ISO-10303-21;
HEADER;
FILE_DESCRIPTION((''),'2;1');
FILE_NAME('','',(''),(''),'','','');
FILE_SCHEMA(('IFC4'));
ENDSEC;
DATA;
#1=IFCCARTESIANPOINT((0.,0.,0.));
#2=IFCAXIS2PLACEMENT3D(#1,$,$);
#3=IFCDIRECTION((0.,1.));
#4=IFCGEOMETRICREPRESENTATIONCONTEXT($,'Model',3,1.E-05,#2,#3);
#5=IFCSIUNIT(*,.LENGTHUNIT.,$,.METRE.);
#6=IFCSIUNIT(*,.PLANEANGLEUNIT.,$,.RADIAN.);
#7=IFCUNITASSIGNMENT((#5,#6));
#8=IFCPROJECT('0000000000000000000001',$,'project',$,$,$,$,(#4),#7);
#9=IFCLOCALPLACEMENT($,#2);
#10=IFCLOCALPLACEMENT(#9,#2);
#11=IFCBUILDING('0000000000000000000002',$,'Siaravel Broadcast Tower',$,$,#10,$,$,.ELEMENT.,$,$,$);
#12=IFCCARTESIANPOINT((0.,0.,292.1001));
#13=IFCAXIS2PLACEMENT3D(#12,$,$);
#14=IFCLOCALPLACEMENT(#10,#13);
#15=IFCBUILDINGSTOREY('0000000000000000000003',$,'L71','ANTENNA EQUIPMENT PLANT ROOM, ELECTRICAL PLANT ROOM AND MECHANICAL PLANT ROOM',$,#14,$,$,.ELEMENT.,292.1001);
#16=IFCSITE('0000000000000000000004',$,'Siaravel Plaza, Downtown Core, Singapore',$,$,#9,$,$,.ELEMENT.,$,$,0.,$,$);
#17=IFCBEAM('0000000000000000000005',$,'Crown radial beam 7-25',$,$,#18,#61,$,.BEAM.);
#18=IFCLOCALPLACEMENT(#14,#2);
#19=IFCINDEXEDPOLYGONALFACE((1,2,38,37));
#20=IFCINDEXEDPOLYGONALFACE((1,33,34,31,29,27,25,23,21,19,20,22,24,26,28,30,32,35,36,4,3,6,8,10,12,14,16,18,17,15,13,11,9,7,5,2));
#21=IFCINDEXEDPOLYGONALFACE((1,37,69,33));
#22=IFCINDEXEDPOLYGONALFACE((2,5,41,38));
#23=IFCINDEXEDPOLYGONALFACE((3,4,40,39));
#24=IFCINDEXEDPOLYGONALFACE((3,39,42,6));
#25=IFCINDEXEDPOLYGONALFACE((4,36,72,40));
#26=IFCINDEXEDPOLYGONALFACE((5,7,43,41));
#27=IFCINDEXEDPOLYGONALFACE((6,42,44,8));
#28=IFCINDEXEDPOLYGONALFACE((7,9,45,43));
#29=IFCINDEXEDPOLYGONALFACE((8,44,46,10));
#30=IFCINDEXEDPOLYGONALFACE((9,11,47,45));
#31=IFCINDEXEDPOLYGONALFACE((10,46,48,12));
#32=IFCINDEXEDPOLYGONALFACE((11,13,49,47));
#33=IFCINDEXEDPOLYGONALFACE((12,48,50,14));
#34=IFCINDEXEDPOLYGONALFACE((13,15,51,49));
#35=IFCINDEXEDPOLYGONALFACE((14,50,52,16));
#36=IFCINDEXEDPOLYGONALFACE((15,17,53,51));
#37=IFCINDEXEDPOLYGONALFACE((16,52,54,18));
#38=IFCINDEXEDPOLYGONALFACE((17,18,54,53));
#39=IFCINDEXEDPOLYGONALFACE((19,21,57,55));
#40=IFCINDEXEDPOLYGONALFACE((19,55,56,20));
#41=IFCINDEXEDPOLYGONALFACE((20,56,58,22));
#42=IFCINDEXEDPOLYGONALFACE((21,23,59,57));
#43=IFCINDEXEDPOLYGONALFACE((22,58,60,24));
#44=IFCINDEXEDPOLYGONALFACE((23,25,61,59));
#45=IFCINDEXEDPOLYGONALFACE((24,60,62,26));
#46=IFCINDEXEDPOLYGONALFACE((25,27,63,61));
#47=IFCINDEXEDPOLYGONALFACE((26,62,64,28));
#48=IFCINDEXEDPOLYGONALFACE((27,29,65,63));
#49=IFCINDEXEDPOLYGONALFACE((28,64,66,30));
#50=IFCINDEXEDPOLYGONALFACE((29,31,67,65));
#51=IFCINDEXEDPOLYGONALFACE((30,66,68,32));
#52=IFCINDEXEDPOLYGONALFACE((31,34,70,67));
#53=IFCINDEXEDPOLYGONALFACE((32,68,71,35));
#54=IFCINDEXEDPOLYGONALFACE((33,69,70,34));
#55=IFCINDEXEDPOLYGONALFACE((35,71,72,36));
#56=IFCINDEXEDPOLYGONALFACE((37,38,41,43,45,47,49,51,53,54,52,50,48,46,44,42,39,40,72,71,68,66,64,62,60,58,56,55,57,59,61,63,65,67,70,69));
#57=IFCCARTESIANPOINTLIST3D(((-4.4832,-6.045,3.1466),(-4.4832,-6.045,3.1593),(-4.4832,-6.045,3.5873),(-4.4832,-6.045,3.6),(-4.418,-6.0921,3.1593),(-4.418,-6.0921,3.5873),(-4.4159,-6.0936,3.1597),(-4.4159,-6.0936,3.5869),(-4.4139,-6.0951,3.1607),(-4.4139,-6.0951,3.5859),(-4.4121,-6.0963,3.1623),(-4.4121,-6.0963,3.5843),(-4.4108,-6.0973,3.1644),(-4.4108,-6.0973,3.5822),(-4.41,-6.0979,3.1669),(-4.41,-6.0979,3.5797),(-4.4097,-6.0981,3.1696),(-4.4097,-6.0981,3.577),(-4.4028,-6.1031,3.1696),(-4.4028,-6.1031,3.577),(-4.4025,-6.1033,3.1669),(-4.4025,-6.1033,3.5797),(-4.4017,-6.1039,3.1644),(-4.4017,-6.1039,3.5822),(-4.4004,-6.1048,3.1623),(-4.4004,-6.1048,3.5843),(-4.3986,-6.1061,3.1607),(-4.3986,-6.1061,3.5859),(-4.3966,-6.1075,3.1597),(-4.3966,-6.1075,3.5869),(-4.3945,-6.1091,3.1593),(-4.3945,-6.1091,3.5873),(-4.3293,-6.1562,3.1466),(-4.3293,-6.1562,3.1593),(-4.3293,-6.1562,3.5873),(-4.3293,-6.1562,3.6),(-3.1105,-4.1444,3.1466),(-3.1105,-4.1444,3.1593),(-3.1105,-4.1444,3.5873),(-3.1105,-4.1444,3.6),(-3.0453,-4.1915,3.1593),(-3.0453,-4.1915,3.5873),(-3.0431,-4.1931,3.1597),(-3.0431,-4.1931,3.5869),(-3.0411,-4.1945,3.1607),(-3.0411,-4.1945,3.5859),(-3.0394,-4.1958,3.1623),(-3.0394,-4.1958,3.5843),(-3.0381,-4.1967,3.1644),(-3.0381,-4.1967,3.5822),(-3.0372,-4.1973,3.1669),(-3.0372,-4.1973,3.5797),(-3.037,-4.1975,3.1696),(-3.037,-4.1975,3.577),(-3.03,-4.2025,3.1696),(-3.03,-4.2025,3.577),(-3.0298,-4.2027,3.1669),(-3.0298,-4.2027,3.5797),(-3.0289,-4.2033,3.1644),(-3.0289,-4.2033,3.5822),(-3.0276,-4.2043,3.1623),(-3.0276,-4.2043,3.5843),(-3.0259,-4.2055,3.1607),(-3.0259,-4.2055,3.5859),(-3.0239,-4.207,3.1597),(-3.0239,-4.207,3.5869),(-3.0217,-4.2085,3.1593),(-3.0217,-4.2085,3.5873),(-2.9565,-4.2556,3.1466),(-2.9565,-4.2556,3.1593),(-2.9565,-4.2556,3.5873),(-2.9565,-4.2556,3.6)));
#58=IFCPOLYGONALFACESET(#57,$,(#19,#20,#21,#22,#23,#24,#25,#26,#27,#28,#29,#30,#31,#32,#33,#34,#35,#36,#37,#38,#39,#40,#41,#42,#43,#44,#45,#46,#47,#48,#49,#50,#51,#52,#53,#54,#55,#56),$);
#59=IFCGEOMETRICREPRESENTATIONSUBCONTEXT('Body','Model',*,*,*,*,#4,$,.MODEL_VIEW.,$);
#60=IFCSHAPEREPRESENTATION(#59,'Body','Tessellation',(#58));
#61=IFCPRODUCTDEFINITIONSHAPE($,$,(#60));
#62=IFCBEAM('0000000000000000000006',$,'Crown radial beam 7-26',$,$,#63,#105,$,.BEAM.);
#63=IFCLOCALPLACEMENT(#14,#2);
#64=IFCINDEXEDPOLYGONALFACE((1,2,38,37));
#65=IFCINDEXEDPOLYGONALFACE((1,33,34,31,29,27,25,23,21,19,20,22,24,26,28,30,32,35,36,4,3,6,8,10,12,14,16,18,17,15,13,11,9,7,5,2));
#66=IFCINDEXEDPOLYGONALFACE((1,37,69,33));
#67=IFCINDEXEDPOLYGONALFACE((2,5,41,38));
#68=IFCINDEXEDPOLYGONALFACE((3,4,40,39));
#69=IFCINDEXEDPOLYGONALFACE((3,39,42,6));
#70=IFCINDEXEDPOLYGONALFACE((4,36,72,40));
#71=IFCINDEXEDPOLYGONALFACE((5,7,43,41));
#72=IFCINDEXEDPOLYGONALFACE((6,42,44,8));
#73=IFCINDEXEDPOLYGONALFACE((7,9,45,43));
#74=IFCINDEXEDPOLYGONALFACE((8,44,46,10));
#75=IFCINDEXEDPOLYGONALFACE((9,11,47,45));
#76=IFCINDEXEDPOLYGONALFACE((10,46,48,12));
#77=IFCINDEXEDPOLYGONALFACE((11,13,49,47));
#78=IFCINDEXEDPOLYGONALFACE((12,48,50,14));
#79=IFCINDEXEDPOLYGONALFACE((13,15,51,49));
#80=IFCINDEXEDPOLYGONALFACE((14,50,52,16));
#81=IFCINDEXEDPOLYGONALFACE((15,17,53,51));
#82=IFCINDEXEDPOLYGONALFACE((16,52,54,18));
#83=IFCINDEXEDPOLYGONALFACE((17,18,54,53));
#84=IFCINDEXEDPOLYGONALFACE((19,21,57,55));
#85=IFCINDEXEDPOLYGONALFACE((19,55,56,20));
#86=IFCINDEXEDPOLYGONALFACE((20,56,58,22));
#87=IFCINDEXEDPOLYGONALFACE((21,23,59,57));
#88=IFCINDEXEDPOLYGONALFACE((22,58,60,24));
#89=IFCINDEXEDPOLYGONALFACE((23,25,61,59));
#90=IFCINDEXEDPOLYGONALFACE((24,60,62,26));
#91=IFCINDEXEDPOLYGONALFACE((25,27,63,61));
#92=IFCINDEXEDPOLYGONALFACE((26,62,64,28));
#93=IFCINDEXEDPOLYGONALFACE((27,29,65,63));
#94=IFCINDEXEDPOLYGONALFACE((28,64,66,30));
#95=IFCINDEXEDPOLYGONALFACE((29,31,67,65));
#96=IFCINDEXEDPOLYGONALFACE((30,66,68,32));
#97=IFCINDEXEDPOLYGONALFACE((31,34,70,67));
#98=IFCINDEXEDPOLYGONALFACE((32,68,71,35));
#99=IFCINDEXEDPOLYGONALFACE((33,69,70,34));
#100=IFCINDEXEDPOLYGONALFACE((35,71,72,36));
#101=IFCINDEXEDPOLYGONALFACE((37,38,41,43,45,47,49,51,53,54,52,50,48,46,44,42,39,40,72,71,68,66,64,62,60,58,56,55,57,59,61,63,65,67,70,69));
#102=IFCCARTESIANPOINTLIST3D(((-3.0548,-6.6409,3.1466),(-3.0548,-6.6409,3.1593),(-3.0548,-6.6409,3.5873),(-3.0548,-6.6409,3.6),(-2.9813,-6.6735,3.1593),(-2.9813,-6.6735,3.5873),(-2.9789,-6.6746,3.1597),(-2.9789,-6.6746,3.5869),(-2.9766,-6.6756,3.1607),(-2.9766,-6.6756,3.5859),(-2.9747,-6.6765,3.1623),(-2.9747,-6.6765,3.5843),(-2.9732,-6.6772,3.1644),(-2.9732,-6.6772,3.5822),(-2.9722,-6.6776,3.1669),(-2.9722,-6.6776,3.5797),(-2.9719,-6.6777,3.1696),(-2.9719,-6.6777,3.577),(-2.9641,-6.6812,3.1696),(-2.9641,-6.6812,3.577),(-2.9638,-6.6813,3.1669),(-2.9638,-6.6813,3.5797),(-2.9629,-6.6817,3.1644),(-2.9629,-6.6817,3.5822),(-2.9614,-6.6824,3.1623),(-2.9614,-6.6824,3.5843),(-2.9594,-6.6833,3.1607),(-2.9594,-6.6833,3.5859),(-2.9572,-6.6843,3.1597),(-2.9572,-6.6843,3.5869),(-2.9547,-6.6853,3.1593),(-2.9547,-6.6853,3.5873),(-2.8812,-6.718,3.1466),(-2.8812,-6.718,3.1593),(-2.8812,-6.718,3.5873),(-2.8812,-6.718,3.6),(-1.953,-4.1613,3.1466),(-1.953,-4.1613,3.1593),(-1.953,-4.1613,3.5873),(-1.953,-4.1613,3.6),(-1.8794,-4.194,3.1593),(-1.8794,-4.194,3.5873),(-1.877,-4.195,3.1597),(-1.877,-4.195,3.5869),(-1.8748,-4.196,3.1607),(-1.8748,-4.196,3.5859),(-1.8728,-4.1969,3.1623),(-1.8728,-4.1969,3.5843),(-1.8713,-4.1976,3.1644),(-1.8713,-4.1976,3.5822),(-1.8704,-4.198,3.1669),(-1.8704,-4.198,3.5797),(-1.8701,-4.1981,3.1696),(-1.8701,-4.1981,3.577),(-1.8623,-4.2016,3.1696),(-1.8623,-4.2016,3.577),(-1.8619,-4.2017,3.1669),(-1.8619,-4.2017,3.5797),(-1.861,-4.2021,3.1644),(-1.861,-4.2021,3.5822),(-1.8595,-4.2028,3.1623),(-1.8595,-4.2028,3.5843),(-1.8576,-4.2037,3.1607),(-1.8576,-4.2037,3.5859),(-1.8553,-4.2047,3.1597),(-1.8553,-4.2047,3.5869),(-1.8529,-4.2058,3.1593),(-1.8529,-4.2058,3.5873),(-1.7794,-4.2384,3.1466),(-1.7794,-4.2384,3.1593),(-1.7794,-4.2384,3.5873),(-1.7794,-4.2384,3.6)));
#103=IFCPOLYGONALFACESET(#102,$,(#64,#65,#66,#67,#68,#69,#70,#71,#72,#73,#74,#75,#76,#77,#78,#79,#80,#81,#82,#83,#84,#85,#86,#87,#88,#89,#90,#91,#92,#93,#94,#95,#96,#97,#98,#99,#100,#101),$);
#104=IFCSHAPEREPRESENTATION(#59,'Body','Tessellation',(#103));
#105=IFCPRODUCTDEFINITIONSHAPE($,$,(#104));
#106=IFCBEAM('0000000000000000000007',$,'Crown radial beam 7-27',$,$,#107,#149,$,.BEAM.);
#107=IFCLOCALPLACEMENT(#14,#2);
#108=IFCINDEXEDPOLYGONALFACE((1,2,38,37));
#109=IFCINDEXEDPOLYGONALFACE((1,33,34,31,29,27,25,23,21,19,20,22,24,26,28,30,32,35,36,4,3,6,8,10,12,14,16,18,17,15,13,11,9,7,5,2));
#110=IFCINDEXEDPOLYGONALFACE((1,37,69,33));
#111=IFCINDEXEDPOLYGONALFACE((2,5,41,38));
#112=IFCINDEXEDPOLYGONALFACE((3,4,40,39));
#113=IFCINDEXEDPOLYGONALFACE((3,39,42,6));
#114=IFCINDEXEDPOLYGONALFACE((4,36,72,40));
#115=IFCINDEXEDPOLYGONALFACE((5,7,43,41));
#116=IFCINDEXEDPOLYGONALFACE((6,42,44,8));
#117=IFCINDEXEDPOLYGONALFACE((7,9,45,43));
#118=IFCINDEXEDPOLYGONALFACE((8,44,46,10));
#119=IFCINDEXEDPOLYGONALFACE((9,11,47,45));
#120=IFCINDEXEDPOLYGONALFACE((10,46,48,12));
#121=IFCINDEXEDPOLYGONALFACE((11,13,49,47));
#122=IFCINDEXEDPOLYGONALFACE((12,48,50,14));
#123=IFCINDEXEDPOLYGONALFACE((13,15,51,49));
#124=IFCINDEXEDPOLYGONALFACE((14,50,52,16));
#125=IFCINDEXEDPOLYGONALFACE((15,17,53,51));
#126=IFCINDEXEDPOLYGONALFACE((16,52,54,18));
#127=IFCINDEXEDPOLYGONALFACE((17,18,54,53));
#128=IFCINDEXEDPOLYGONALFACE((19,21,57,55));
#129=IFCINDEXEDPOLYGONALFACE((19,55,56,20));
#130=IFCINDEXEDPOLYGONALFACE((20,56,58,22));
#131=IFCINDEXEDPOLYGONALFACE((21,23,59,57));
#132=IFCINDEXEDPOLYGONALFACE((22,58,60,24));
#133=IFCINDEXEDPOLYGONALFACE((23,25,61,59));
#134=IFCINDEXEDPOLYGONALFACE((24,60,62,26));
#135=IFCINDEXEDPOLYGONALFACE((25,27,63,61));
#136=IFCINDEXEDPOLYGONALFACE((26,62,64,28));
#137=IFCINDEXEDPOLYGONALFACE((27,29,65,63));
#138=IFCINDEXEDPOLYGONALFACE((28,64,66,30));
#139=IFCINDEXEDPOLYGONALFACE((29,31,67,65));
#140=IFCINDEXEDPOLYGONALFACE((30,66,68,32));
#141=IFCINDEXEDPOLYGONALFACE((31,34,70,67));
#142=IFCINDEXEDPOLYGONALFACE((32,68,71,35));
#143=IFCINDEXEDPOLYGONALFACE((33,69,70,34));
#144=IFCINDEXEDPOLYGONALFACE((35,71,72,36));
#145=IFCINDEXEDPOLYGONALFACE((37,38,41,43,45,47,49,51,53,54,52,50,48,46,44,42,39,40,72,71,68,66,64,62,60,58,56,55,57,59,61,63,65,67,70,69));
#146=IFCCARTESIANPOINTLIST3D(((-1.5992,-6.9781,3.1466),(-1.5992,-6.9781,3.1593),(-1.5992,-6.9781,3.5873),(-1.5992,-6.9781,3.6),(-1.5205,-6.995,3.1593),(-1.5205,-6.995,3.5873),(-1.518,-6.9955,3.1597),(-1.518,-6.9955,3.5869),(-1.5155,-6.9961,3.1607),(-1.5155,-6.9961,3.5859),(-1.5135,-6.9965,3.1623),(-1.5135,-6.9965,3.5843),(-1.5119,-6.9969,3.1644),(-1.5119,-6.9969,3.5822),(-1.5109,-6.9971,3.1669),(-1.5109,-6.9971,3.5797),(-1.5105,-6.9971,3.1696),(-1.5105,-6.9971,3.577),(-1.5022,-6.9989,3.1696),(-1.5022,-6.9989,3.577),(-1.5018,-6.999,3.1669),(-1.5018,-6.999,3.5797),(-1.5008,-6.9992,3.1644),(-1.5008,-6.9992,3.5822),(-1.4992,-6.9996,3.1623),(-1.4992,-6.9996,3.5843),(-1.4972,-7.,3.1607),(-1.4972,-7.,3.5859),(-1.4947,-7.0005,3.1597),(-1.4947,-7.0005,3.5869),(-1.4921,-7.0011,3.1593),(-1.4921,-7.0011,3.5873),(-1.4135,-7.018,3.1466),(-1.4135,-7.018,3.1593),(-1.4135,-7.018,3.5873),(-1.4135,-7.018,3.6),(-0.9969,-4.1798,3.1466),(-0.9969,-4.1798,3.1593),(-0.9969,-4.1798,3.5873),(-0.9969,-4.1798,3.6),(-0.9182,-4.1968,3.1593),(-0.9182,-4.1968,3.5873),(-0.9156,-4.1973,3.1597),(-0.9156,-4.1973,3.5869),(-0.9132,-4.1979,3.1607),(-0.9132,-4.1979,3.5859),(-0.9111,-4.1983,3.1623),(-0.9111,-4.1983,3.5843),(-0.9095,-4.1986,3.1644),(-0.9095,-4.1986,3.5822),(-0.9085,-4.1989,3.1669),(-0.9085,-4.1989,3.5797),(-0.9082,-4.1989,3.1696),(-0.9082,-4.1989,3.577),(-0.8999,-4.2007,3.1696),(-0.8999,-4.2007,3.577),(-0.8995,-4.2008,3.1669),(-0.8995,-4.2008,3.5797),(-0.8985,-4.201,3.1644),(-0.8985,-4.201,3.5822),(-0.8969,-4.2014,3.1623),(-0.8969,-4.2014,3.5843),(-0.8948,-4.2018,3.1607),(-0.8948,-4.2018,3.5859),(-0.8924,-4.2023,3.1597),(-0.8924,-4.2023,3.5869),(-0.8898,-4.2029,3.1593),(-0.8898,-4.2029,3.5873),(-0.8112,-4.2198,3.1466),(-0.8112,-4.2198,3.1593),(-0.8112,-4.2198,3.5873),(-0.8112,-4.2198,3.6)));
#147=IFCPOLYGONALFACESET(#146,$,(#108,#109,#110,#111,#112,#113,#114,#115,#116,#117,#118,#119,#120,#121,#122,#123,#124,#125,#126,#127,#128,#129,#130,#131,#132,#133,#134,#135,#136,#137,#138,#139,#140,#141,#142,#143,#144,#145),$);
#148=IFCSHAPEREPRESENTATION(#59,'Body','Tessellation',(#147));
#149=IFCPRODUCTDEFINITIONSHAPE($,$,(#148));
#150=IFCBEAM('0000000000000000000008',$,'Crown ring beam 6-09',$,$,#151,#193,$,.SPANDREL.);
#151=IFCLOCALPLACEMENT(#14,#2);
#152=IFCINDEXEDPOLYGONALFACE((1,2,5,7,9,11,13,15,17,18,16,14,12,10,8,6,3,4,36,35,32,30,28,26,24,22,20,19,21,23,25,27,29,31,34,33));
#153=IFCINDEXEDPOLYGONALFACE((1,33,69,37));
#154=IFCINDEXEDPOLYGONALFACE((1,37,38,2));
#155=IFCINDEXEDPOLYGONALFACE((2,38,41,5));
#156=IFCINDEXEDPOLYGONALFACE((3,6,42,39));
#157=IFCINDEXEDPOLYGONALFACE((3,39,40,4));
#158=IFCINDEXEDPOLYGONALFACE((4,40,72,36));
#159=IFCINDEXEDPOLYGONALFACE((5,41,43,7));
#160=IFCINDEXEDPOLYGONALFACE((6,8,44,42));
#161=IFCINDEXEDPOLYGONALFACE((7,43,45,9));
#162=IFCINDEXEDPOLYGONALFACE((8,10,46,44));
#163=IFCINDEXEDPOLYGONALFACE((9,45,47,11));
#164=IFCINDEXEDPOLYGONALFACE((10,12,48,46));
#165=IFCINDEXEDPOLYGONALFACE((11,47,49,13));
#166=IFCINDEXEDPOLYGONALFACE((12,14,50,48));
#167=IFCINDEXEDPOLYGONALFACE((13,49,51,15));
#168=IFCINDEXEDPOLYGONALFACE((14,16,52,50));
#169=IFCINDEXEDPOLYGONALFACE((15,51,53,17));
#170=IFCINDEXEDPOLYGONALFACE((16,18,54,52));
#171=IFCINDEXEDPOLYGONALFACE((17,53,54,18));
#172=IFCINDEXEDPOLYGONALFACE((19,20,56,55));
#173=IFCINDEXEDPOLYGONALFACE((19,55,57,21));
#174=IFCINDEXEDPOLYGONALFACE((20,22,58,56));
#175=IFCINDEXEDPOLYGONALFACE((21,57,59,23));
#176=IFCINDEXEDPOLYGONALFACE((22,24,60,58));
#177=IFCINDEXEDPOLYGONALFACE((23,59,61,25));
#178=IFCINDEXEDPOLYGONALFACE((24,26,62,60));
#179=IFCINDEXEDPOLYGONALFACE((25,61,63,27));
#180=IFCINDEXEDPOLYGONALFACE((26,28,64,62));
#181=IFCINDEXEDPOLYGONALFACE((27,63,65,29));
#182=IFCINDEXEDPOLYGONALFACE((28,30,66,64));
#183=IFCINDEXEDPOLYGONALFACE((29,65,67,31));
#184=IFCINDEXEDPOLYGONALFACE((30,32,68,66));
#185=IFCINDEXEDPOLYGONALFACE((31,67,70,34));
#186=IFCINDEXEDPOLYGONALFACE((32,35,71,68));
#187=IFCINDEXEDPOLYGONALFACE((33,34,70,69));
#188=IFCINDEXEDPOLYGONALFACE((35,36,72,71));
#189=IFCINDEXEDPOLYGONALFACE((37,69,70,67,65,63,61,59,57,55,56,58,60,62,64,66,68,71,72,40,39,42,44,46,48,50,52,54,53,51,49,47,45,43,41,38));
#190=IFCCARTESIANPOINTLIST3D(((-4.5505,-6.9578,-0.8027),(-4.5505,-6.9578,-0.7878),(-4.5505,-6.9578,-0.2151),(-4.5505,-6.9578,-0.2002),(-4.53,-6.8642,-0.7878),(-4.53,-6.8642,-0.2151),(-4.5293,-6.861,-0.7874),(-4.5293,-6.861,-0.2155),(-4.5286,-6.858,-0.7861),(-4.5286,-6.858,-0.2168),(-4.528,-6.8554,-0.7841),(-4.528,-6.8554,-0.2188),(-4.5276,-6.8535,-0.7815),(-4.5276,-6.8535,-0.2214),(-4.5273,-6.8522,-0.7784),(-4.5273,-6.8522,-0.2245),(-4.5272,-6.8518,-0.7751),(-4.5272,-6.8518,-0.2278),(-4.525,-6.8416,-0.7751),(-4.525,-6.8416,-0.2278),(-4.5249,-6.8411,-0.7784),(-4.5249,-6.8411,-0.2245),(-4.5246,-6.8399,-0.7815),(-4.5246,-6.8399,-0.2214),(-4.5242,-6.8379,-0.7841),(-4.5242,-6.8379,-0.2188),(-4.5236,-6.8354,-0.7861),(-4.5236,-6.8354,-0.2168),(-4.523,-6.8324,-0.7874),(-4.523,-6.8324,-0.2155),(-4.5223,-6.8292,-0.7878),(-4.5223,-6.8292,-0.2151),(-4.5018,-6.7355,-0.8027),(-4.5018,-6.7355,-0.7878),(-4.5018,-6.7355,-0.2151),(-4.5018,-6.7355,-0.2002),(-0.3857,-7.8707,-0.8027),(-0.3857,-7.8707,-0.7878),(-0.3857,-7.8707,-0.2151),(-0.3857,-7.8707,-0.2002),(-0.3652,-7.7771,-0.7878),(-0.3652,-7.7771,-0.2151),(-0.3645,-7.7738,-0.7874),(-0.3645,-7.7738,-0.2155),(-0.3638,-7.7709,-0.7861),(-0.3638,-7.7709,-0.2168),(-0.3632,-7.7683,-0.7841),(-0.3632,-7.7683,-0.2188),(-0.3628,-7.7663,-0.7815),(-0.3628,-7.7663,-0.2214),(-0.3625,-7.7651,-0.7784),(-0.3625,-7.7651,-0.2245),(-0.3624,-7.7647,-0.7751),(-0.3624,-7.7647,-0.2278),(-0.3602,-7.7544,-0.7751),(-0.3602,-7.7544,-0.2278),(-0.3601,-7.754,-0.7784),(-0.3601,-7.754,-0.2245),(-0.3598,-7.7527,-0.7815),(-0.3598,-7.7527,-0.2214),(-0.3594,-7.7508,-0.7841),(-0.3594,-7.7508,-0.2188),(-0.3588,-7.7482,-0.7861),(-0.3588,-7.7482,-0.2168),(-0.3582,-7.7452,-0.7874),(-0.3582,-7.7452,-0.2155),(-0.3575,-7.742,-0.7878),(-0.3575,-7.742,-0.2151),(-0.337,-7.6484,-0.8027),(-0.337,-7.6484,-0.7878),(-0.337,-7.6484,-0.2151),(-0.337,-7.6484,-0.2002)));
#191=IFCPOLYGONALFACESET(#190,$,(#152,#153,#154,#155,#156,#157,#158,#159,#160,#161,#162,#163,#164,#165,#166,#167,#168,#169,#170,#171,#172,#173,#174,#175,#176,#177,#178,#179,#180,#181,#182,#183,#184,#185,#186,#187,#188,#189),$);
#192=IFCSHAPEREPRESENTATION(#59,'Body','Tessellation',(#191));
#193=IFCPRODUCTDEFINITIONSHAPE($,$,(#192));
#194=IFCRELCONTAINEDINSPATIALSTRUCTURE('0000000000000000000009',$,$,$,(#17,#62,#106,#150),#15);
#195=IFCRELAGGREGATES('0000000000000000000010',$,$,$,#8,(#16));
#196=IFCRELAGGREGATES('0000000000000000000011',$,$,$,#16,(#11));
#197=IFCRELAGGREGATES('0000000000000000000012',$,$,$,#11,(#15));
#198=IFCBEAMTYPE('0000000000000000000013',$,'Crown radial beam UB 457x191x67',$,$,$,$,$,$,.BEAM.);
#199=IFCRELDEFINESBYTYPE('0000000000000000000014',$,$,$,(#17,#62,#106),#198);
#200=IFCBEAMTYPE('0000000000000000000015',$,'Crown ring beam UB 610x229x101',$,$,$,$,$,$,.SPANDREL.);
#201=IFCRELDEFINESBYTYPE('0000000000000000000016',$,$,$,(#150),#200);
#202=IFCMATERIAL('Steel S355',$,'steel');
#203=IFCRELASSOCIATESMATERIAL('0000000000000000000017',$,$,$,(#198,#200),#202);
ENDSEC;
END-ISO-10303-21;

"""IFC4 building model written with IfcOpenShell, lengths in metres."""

from ifc_helpers import new_model, si_unit, direction, frame, origin, origin_2d, place, context, subcontext, project, spatial, i_section, extrude, material, material_profile, profile_set, type_object, element, save


model = new_model("IFC4")

# Units and contexts
model_context = context("Model", 3, precision=1e-05, world=origin(), true_north=direction((0.0, 1.0)))
body_context = subcontext(model_context, "Body", "Model", "MODEL_VIEW")
ifc_project = project(units=[si_unit("LENGTHUNIT", "METRE"), si_unit("PLANEANGLEUNIT", "RADIAN")], contexts=[model_context])

# Site, building, storey
site_placement = place(None, origin())
site = spatial("IfcSite", under=ifc_project, at=site_placement, Name="Siaravel Plaza, Downtown Core, Singapore", CompositionType="ELEMENT", RefElevation=0.0)
building_placement = place(site_placement, origin())
building = spatial("IfcBuilding", under=site, at=building_placement, Name="Siaravel Broadcast Tower", CompositionType="ELEMENT")
storey_placement = place(building_placement, frame((0.0, 0.0, 292.1001)))
storey = spatial("IfcBuildingStorey", under=building, at=storey_placement, Name="L71", Description="ANTENNA EQUIPMENT PLANT ROOM, ELECTRICAL PLANT ROOM AND MECHANICAL PLANT ROOM", CompositionType="ELEMENT", Elevation=292.1001)

# Beams
ifc_material_1 = material(Name="Steel S355", Category="steel")
ifc_material_profile_1 = material_profile(ifc_material_1, i_section(OverallWidth=0.1899, OverallDepth=0.4534, WebThickness=0.0085, FlangeThickness=0.0127, FilletRadius=0.0103, at=origin_2d()))
ifc_profile_set_1 = profile_set([ifc_material_profile_1], Name="Steel S355")
beam_type_1 = type_object("IfcBeamType", Name="Crown radial beam UB 457x191x67", PredefinedType="BEAM", material=ifc_profile_set_1)
beam_1_placement = place(storey_placement, frame((-4.4062, -6.1006, 3.3733), z_axis=(0.585525, 0.810655, 0.0), x_axis=(-0.810655, 0.585525, 0.0)))
element("IfcBeam", 1, at=beam_1_placement, inside=storey, type_object=beam_type_1, Name="Crown radial beam 7-25", PredefinedType="BEAM", context=body_context, shape_type="SweptSolid", body=[
    extrude(i_section(OverallWidth=0.1899, OverallDepth=0.4534, WebThickness=0.0085, FlangeThickness=0.0127, FilletRadius=0.0103, at=origin_2d()), origin(), (0.0, 0.0, 1.0), 2.3445),
])
beam_2_placement = place(storey_placement, frame((-2.968, -6.6794, 3.3733), z_axis=(0.40608, 0.913838, 0.0), x_axis=(-0.913838, 0.40608, 0.0)))
element("IfcBeam", 2, at=beam_2_placement, inside=storey, type_object=beam_type_1, Name="Crown radial beam 7-26", PredefinedType="BEAM", context=body_context, shape_type="SweptSolid", body=[
    extrude(i_section(OverallWidth=0.1899, OverallDepth=0.4534, WebThickness=0.0085, FlangeThickness=0.0127, FilletRadius=0.0103, at=origin_2d()), origin(), (0.0, 0.0, 1.0), 2.7134),
])
beam_3_placement = place(storey_placement, frame((-1.5063, -6.998, 3.3733), z_axis=(0.210432, 0.977609, 0.0), x_axis=(-0.977609, 0.210432, 0.0)))
element("IfcBeam", 3, at=beam_3_placement, inside=storey, type_object=beam_type_1, Name="Crown radial beam 7-27", PredefinedType="BEAM", context=body_context, shape_type="SweptSolid", body=[
    extrude(i_section(OverallWidth=0.1899, OverallDepth=0.4534, WebThickness=0.0085, FlangeThickness=0.0127, FilletRadius=0.0103, at=origin_2d()), origin(), (0.0, 0.0, 1.0), 2.8623),
])
ifc_material_profile_2 = material_profile(ifc_material_1, i_section(OverallWidth=0.2275, OverallDepth=0.6025, WebThickness=0.0105, FlangeThickness=0.0149, FilletRadius=0.0127, at=origin_2d()))
ifc_profile_set_2 = profile_set([ifc_material_profile_2], Name="Steel S355")
beam_type_2 = type_object("IfcBeamType", Name="Crown ring beam UB 610x229x101", PredefinedType="SPANDREL", material=ifc_profile_set_2)
beam_4_placement = place(storey_placement, frame((-4.5261, -6.8467, -0.5015), z_axis=(0.976812, -0.214098, 0.0), x_axis=(0.214098, 0.976812, 0.0)))
element("IfcBeam", 4, at=beam_4_placement, inside=storey, type_object=beam_type_2, Name="Crown ring beam 6-09", PredefinedType="SPANDREL", context=body_context, shape_type="SweptSolid", body=[
    extrude(i_section(OverallWidth=0.2275, OverallDepth=0.6025, WebThickness=0.0105, FlangeThickness=0.0149, FilletRadius=0.0127, at=origin_2d()), origin(), (0.0, 0.0, 1.0), 4.2637),
])

save(model, "model.ifc")
